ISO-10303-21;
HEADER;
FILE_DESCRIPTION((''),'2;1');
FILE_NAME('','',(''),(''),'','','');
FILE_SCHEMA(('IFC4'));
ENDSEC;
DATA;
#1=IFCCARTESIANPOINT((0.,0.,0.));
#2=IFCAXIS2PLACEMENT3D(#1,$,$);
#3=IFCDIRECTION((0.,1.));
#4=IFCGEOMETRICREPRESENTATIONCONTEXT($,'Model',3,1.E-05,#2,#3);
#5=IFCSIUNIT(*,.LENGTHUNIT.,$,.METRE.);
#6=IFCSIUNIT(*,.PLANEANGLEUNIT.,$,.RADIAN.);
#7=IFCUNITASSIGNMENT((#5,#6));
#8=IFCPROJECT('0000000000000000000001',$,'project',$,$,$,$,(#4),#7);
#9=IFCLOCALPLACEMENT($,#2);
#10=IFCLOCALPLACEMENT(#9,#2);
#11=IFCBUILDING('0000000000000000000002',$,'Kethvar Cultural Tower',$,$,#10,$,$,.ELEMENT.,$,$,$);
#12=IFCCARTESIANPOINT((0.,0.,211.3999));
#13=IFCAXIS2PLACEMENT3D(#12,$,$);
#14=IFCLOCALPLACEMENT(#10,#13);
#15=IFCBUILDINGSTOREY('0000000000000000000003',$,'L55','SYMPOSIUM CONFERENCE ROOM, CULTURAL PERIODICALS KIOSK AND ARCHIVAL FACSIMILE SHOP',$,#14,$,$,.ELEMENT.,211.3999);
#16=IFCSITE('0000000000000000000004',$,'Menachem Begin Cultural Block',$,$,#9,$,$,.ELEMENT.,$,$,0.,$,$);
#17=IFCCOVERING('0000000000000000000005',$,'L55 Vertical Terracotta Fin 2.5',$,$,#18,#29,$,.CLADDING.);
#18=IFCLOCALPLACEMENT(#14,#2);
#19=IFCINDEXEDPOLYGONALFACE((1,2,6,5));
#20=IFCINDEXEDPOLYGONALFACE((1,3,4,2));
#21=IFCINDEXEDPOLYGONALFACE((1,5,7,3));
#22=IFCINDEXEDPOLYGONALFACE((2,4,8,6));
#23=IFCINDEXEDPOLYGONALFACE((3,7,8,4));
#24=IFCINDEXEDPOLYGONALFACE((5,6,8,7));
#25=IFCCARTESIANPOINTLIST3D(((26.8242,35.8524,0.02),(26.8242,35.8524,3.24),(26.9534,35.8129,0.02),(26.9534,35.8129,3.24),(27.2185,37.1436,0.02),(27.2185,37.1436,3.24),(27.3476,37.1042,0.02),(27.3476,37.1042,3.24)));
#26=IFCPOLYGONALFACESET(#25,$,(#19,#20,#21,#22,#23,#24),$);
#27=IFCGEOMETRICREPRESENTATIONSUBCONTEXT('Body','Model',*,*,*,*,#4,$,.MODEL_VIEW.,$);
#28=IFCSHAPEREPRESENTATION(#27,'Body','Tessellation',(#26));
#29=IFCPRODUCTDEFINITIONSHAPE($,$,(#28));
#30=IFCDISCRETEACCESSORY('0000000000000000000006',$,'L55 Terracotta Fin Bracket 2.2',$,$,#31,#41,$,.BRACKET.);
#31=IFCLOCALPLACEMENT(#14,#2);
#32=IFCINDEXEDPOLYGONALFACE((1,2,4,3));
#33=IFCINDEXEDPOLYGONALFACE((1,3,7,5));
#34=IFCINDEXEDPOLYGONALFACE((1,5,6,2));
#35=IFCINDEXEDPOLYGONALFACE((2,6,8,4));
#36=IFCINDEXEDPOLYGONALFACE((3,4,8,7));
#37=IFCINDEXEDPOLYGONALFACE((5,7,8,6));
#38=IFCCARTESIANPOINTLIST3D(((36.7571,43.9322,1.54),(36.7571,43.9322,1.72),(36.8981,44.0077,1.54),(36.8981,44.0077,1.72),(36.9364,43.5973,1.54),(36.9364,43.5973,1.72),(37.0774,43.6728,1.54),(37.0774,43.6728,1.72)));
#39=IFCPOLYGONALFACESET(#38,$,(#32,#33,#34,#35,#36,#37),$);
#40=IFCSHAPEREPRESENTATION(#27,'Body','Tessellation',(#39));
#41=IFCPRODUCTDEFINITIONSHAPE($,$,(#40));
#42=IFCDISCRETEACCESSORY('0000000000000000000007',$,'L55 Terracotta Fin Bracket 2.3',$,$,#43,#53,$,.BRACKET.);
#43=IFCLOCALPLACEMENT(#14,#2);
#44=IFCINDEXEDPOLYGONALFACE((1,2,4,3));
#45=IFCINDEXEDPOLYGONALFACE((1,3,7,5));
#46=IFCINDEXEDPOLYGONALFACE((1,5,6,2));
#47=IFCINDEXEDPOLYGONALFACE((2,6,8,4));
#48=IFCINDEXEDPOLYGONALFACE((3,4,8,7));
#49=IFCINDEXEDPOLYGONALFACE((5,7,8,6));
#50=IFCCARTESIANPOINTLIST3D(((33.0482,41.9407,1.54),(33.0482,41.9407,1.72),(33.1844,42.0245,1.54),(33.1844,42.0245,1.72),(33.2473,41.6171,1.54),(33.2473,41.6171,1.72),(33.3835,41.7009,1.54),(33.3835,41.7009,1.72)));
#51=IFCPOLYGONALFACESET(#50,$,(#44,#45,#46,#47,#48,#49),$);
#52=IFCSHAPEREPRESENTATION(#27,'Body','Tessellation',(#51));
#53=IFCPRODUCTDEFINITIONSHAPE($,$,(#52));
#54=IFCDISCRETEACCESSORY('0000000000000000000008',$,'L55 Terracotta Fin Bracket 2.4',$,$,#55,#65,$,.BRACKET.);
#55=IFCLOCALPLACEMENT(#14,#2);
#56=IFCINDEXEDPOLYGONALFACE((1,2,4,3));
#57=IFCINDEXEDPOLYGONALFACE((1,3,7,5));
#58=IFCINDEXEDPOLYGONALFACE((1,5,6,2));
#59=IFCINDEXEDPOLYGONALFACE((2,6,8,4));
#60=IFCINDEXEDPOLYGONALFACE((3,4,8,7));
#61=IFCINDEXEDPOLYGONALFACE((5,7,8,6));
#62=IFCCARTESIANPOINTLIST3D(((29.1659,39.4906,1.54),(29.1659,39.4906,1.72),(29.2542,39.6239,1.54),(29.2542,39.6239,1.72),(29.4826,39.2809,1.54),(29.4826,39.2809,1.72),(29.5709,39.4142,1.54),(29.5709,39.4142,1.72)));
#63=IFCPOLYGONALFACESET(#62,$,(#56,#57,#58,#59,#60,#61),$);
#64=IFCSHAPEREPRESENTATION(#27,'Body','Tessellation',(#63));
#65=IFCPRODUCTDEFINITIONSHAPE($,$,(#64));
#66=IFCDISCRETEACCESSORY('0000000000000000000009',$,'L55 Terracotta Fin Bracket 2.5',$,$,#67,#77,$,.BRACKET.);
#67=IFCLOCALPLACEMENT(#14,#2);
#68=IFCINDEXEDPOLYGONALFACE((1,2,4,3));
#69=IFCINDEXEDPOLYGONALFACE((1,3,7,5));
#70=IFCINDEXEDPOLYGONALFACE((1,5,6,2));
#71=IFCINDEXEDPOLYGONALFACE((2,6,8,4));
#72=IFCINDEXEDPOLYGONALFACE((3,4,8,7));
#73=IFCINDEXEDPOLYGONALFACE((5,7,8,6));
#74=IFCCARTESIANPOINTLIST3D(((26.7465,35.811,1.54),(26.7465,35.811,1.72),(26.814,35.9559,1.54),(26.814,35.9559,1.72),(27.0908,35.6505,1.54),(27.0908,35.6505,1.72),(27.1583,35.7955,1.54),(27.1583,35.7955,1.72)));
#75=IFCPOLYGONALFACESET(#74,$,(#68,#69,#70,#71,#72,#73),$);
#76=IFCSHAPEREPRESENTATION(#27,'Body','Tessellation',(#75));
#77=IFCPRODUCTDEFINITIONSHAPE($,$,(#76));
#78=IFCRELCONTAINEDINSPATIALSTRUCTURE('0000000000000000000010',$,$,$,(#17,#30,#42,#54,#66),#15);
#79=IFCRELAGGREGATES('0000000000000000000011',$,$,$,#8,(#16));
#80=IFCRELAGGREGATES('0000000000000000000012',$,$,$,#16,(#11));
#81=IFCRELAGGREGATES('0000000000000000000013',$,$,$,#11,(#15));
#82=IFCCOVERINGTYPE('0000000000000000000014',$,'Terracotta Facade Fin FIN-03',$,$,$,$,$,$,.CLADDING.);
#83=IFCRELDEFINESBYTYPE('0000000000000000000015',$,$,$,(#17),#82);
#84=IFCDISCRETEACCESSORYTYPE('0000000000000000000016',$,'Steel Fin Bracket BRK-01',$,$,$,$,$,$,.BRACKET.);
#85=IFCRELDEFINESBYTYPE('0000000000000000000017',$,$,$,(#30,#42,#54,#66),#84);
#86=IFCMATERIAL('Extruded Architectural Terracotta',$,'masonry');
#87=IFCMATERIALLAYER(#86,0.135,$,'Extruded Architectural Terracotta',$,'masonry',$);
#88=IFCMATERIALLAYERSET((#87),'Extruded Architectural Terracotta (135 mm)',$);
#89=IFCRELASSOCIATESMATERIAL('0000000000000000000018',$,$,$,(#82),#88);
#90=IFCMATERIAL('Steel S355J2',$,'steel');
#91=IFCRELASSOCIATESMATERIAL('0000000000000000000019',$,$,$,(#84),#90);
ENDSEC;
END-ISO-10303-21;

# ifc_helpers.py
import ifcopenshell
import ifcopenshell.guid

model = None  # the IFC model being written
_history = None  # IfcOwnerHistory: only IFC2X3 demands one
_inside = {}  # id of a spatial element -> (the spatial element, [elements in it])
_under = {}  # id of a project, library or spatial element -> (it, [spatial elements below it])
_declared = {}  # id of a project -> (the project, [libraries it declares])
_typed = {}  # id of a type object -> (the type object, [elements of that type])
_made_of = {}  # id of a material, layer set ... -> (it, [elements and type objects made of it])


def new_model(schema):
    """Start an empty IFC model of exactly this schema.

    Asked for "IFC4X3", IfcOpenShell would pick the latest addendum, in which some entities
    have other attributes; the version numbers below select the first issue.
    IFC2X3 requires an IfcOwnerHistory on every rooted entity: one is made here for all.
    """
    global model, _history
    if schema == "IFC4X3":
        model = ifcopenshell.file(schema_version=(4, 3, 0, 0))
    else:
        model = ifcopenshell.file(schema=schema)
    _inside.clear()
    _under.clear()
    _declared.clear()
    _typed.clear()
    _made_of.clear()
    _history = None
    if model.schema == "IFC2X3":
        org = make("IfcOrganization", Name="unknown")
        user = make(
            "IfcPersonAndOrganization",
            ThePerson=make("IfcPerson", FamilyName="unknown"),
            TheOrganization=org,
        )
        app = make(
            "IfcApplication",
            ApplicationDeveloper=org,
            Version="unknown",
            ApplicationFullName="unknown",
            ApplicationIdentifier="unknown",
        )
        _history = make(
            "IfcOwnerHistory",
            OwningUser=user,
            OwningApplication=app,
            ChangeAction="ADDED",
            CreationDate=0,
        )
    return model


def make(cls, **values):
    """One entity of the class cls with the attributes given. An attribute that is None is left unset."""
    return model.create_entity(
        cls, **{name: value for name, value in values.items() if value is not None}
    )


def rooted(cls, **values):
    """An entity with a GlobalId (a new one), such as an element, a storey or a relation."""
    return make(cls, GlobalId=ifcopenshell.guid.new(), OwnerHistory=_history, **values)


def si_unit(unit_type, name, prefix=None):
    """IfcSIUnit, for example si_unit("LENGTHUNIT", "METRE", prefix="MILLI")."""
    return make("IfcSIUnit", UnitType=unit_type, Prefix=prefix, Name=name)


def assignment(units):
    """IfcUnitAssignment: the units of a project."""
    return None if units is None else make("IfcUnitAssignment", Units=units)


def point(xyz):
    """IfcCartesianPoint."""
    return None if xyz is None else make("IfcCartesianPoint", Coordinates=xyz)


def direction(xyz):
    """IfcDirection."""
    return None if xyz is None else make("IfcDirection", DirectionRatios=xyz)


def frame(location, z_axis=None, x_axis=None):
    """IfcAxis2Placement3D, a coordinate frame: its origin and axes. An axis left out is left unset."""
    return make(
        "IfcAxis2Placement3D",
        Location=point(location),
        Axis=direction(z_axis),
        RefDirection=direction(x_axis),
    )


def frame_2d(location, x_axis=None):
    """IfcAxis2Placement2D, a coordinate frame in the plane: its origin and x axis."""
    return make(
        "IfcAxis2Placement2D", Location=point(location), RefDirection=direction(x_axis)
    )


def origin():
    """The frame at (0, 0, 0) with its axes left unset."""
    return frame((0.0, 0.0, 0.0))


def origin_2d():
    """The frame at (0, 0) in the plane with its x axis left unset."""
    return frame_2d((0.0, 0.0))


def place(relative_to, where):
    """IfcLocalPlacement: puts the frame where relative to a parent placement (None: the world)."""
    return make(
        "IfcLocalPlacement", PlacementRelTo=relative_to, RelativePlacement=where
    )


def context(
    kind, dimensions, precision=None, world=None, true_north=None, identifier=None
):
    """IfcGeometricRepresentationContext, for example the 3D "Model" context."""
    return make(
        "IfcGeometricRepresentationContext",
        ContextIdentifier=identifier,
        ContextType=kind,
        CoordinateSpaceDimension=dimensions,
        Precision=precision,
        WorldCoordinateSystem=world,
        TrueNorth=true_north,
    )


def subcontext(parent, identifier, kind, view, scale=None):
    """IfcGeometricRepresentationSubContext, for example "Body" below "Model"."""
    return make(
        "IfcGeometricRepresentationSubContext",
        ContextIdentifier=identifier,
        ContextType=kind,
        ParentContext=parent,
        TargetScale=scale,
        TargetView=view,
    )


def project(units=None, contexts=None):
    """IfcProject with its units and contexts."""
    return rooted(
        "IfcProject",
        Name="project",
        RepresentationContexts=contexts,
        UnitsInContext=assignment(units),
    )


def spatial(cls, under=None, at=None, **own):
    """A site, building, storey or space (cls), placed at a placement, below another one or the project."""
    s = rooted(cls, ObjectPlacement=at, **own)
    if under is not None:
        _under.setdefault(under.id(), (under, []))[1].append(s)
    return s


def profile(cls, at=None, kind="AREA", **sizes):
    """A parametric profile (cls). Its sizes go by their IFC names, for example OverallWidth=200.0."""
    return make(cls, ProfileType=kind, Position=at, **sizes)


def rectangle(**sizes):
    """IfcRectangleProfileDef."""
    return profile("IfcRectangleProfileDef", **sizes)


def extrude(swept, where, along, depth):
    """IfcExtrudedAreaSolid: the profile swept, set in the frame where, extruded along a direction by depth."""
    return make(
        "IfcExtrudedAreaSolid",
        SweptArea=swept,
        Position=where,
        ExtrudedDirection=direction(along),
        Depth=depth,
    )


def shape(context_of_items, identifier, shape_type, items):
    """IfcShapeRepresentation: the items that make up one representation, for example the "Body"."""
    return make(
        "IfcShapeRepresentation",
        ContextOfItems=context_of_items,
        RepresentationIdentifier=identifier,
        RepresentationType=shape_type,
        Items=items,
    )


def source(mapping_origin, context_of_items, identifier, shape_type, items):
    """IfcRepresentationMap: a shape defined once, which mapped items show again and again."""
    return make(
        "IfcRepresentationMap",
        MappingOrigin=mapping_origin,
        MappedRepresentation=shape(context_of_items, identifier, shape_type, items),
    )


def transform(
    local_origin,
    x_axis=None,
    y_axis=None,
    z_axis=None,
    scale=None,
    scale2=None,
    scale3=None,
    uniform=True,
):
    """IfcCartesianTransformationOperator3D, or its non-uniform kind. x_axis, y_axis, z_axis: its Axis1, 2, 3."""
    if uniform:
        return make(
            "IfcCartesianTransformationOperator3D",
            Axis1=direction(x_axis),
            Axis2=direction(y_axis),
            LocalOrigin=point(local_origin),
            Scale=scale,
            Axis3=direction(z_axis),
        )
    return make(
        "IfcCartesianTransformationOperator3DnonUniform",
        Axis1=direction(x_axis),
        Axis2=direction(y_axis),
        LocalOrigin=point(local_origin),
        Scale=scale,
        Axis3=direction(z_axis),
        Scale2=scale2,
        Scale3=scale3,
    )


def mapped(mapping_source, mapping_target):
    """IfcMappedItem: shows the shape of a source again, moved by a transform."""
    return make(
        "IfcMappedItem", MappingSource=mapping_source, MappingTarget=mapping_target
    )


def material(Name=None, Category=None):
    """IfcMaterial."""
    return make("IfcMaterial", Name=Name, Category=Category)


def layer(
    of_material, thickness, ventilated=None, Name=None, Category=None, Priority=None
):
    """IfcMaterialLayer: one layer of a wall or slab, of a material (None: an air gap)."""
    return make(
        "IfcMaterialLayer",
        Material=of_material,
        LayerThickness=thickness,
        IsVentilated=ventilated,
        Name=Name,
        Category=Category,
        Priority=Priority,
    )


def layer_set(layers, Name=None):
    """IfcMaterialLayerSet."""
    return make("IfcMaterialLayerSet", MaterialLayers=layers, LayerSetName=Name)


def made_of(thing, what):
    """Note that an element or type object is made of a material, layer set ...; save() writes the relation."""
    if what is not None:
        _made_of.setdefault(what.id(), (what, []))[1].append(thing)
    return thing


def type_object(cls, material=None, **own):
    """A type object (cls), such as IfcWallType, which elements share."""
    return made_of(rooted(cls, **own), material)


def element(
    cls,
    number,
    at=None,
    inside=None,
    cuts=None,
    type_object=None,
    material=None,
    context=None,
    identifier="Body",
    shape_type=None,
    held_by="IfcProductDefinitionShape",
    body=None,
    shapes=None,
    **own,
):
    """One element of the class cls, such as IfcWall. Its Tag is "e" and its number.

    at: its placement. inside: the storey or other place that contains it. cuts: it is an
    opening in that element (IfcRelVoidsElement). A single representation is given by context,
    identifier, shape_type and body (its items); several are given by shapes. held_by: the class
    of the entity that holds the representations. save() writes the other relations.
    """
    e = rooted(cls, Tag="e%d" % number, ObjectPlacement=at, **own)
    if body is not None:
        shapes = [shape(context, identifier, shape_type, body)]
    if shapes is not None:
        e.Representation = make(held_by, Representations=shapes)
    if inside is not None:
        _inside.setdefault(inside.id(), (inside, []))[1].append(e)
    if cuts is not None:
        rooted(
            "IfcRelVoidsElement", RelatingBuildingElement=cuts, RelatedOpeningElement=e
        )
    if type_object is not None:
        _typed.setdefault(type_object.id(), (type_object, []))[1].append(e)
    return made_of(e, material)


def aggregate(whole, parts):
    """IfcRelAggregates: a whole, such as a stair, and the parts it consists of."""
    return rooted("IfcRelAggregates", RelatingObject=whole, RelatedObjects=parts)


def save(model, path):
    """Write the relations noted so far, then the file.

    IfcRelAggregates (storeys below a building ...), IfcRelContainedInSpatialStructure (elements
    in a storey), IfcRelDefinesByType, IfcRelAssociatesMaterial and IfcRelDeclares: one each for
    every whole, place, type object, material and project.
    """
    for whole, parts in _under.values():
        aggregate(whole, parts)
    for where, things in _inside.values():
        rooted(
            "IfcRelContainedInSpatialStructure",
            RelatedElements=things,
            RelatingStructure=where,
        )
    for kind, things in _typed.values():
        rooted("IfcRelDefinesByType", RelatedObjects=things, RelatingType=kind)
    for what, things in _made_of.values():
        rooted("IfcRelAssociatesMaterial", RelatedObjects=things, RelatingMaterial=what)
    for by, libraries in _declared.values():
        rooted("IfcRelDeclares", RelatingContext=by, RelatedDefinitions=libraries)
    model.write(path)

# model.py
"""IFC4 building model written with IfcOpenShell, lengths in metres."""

from ifc_helpers import new_model, si_unit, direction, frame, origin, origin_2d, place, context, subcontext, project, spatial, rectangle, extrude, source, transform, mapped, material, layer, layer_set, type_object, element, save


model = new_model("IFC4")

# Units and contexts
model_context = context("Model", 3, precision=1e-05, world=origin(), true_north=direction((0.0, 1.0)))
body_context = subcontext(model_context, "Body", "Model", "MODEL_VIEW")
ifc_project = project(units=[si_unit("LENGTHUNIT", "METRE"), si_unit("PLANEANGLEUNIT", "RADIAN")], contexts=[model_context])

# Site, building, storey
site_placement = place(None, origin())
site = spatial("IfcSite", under=ifc_project, at=site_placement, Name="Menachem Begin Cultural Block", CompositionType="ELEMENT", RefElevation=0.0)
building_placement = place(site_placement, origin())
building = spatial("IfcBuilding", under=site, at=building_placement, Name="Kethvar Cultural Tower", CompositionType="ELEMENT")
storey_placement = place(building_placement, frame((0.0, 0.0, 211.3999)))
storey = spatial("IfcBuildingStorey", under=building, at=storey_placement, Name="L55", Description="SYMPOSIUM CONFERENCE ROOM, CULTURAL PERIODICALS KIOSK AND ARCHIVAL FACSIMILE SHOP", CompositionType="ELEMENT", Elevation=211.3999)

# Shared definitions
ifc_material_1 = material(Name="Steel S355J2", Category="steel")

# Covering
ifc_material_2 = material(Name="Extruded Architectural Terracotta", Category="masonry")
ifc_layer_1 = layer(ifc_material_2, 0.135, Name="Extruded Architectural Terracotta", Category="masonry")
ifc_layer_set_1 = layer_set([ifc_layer_1], Name="Extruded Architectural Terracotta (135 mm)")
covering_type_1 = type_object("IfcCoveringType", Name="Terracotta Facade Fin FIN-03", PredefinedType="CLADDING", material=ifc_layer_set_1)
shared_shape_1 = source(origin(), body_context, "Body", "SweptSolid", [
    extrude(rectangle(XDim=1.3501, YDim=0.135, at=origin_2d()), origin(), (0.0, 0.0, 1.0), 3.22),
])
for number, where, z_axis, x_axis, name in (
    (1, (27.0859, 36.4783, 0.02), (0.0, 0.0, 1.0), (0.292038, 0.956407, 0.0), "L55 Vertical Terracotta Fin 2.5"),
):
    element("IfcCovering", number, at=place(storey_placement, frame(where, z_axis=z_axis, x_axis=x_axis)), inside=storey, type_object=covering_type_1, Name=name, PredefinedType="CLADDING", context=body_context, shape_type="MappedRepresentation", body=[
        mapped(shared_shape_1, transform((0.0, 0.0, 0.0), scale=1.0)),
    ])

# Discrete accessories
discrete_accessory_type = type_object("IfcDiscreteAccessoryType", Name="Steel Fin Bracket BRK-01", PredefinedType="BRACKET", material=ifc_material_1)
shared_shape_2 = source(origin(), body_context, "Body", "SweptSolid", [
    extrude(rectangle(XDim=0.3799, YDim=0.1599, at=origin_2d()), origin(), (0.0, 0.0, 1.0), 0.1799),
])
for number, where, z_axis, x_axis, name in (
    (2, (36.9172, 43.8025, 1.54), (0.0, 0.0, 1.0), (-0.471935, 0.881633, 0.0), "L55 Terracotta Fin Bracket 2.2"),
    (3, (33.2158, 41.8208, 1.54), (0.0, 0.0, 1.0), (-0.524135, 0.851635, 0.0), "L55 Terracotta Fin Bracket 2.3"),
    (4, (29.3684, 39.4524, 1.54), (0.0, 0.0, 1.0), (-0.833789, 0.552083, 0.0), "L55 Terracotta Fin Bracket 2.4"),
    (5, (26.9524, 35.8032, 1.54), (0.0, 0.0, 1.0), (-0.906455, 0.422302, 0.0), "L55 Terracotta Fin Bracket 2.5"),
):
    element("IfcDiscreteAccessory", number, at=place(storey_placement, frame(where, z_axis=z_axis, x_axis=x_axis)), inside=storey, type_object=discrete_accessory_type, Name=name, PredefinedType="BRACKET", context=body_context, shape_type="MappedRepresentation", body=[
        mapped(shared_shape_2, transform((0.0, 0.0, 0.0), scale=1.0)),
    ])

save(model, "model.ifc")
